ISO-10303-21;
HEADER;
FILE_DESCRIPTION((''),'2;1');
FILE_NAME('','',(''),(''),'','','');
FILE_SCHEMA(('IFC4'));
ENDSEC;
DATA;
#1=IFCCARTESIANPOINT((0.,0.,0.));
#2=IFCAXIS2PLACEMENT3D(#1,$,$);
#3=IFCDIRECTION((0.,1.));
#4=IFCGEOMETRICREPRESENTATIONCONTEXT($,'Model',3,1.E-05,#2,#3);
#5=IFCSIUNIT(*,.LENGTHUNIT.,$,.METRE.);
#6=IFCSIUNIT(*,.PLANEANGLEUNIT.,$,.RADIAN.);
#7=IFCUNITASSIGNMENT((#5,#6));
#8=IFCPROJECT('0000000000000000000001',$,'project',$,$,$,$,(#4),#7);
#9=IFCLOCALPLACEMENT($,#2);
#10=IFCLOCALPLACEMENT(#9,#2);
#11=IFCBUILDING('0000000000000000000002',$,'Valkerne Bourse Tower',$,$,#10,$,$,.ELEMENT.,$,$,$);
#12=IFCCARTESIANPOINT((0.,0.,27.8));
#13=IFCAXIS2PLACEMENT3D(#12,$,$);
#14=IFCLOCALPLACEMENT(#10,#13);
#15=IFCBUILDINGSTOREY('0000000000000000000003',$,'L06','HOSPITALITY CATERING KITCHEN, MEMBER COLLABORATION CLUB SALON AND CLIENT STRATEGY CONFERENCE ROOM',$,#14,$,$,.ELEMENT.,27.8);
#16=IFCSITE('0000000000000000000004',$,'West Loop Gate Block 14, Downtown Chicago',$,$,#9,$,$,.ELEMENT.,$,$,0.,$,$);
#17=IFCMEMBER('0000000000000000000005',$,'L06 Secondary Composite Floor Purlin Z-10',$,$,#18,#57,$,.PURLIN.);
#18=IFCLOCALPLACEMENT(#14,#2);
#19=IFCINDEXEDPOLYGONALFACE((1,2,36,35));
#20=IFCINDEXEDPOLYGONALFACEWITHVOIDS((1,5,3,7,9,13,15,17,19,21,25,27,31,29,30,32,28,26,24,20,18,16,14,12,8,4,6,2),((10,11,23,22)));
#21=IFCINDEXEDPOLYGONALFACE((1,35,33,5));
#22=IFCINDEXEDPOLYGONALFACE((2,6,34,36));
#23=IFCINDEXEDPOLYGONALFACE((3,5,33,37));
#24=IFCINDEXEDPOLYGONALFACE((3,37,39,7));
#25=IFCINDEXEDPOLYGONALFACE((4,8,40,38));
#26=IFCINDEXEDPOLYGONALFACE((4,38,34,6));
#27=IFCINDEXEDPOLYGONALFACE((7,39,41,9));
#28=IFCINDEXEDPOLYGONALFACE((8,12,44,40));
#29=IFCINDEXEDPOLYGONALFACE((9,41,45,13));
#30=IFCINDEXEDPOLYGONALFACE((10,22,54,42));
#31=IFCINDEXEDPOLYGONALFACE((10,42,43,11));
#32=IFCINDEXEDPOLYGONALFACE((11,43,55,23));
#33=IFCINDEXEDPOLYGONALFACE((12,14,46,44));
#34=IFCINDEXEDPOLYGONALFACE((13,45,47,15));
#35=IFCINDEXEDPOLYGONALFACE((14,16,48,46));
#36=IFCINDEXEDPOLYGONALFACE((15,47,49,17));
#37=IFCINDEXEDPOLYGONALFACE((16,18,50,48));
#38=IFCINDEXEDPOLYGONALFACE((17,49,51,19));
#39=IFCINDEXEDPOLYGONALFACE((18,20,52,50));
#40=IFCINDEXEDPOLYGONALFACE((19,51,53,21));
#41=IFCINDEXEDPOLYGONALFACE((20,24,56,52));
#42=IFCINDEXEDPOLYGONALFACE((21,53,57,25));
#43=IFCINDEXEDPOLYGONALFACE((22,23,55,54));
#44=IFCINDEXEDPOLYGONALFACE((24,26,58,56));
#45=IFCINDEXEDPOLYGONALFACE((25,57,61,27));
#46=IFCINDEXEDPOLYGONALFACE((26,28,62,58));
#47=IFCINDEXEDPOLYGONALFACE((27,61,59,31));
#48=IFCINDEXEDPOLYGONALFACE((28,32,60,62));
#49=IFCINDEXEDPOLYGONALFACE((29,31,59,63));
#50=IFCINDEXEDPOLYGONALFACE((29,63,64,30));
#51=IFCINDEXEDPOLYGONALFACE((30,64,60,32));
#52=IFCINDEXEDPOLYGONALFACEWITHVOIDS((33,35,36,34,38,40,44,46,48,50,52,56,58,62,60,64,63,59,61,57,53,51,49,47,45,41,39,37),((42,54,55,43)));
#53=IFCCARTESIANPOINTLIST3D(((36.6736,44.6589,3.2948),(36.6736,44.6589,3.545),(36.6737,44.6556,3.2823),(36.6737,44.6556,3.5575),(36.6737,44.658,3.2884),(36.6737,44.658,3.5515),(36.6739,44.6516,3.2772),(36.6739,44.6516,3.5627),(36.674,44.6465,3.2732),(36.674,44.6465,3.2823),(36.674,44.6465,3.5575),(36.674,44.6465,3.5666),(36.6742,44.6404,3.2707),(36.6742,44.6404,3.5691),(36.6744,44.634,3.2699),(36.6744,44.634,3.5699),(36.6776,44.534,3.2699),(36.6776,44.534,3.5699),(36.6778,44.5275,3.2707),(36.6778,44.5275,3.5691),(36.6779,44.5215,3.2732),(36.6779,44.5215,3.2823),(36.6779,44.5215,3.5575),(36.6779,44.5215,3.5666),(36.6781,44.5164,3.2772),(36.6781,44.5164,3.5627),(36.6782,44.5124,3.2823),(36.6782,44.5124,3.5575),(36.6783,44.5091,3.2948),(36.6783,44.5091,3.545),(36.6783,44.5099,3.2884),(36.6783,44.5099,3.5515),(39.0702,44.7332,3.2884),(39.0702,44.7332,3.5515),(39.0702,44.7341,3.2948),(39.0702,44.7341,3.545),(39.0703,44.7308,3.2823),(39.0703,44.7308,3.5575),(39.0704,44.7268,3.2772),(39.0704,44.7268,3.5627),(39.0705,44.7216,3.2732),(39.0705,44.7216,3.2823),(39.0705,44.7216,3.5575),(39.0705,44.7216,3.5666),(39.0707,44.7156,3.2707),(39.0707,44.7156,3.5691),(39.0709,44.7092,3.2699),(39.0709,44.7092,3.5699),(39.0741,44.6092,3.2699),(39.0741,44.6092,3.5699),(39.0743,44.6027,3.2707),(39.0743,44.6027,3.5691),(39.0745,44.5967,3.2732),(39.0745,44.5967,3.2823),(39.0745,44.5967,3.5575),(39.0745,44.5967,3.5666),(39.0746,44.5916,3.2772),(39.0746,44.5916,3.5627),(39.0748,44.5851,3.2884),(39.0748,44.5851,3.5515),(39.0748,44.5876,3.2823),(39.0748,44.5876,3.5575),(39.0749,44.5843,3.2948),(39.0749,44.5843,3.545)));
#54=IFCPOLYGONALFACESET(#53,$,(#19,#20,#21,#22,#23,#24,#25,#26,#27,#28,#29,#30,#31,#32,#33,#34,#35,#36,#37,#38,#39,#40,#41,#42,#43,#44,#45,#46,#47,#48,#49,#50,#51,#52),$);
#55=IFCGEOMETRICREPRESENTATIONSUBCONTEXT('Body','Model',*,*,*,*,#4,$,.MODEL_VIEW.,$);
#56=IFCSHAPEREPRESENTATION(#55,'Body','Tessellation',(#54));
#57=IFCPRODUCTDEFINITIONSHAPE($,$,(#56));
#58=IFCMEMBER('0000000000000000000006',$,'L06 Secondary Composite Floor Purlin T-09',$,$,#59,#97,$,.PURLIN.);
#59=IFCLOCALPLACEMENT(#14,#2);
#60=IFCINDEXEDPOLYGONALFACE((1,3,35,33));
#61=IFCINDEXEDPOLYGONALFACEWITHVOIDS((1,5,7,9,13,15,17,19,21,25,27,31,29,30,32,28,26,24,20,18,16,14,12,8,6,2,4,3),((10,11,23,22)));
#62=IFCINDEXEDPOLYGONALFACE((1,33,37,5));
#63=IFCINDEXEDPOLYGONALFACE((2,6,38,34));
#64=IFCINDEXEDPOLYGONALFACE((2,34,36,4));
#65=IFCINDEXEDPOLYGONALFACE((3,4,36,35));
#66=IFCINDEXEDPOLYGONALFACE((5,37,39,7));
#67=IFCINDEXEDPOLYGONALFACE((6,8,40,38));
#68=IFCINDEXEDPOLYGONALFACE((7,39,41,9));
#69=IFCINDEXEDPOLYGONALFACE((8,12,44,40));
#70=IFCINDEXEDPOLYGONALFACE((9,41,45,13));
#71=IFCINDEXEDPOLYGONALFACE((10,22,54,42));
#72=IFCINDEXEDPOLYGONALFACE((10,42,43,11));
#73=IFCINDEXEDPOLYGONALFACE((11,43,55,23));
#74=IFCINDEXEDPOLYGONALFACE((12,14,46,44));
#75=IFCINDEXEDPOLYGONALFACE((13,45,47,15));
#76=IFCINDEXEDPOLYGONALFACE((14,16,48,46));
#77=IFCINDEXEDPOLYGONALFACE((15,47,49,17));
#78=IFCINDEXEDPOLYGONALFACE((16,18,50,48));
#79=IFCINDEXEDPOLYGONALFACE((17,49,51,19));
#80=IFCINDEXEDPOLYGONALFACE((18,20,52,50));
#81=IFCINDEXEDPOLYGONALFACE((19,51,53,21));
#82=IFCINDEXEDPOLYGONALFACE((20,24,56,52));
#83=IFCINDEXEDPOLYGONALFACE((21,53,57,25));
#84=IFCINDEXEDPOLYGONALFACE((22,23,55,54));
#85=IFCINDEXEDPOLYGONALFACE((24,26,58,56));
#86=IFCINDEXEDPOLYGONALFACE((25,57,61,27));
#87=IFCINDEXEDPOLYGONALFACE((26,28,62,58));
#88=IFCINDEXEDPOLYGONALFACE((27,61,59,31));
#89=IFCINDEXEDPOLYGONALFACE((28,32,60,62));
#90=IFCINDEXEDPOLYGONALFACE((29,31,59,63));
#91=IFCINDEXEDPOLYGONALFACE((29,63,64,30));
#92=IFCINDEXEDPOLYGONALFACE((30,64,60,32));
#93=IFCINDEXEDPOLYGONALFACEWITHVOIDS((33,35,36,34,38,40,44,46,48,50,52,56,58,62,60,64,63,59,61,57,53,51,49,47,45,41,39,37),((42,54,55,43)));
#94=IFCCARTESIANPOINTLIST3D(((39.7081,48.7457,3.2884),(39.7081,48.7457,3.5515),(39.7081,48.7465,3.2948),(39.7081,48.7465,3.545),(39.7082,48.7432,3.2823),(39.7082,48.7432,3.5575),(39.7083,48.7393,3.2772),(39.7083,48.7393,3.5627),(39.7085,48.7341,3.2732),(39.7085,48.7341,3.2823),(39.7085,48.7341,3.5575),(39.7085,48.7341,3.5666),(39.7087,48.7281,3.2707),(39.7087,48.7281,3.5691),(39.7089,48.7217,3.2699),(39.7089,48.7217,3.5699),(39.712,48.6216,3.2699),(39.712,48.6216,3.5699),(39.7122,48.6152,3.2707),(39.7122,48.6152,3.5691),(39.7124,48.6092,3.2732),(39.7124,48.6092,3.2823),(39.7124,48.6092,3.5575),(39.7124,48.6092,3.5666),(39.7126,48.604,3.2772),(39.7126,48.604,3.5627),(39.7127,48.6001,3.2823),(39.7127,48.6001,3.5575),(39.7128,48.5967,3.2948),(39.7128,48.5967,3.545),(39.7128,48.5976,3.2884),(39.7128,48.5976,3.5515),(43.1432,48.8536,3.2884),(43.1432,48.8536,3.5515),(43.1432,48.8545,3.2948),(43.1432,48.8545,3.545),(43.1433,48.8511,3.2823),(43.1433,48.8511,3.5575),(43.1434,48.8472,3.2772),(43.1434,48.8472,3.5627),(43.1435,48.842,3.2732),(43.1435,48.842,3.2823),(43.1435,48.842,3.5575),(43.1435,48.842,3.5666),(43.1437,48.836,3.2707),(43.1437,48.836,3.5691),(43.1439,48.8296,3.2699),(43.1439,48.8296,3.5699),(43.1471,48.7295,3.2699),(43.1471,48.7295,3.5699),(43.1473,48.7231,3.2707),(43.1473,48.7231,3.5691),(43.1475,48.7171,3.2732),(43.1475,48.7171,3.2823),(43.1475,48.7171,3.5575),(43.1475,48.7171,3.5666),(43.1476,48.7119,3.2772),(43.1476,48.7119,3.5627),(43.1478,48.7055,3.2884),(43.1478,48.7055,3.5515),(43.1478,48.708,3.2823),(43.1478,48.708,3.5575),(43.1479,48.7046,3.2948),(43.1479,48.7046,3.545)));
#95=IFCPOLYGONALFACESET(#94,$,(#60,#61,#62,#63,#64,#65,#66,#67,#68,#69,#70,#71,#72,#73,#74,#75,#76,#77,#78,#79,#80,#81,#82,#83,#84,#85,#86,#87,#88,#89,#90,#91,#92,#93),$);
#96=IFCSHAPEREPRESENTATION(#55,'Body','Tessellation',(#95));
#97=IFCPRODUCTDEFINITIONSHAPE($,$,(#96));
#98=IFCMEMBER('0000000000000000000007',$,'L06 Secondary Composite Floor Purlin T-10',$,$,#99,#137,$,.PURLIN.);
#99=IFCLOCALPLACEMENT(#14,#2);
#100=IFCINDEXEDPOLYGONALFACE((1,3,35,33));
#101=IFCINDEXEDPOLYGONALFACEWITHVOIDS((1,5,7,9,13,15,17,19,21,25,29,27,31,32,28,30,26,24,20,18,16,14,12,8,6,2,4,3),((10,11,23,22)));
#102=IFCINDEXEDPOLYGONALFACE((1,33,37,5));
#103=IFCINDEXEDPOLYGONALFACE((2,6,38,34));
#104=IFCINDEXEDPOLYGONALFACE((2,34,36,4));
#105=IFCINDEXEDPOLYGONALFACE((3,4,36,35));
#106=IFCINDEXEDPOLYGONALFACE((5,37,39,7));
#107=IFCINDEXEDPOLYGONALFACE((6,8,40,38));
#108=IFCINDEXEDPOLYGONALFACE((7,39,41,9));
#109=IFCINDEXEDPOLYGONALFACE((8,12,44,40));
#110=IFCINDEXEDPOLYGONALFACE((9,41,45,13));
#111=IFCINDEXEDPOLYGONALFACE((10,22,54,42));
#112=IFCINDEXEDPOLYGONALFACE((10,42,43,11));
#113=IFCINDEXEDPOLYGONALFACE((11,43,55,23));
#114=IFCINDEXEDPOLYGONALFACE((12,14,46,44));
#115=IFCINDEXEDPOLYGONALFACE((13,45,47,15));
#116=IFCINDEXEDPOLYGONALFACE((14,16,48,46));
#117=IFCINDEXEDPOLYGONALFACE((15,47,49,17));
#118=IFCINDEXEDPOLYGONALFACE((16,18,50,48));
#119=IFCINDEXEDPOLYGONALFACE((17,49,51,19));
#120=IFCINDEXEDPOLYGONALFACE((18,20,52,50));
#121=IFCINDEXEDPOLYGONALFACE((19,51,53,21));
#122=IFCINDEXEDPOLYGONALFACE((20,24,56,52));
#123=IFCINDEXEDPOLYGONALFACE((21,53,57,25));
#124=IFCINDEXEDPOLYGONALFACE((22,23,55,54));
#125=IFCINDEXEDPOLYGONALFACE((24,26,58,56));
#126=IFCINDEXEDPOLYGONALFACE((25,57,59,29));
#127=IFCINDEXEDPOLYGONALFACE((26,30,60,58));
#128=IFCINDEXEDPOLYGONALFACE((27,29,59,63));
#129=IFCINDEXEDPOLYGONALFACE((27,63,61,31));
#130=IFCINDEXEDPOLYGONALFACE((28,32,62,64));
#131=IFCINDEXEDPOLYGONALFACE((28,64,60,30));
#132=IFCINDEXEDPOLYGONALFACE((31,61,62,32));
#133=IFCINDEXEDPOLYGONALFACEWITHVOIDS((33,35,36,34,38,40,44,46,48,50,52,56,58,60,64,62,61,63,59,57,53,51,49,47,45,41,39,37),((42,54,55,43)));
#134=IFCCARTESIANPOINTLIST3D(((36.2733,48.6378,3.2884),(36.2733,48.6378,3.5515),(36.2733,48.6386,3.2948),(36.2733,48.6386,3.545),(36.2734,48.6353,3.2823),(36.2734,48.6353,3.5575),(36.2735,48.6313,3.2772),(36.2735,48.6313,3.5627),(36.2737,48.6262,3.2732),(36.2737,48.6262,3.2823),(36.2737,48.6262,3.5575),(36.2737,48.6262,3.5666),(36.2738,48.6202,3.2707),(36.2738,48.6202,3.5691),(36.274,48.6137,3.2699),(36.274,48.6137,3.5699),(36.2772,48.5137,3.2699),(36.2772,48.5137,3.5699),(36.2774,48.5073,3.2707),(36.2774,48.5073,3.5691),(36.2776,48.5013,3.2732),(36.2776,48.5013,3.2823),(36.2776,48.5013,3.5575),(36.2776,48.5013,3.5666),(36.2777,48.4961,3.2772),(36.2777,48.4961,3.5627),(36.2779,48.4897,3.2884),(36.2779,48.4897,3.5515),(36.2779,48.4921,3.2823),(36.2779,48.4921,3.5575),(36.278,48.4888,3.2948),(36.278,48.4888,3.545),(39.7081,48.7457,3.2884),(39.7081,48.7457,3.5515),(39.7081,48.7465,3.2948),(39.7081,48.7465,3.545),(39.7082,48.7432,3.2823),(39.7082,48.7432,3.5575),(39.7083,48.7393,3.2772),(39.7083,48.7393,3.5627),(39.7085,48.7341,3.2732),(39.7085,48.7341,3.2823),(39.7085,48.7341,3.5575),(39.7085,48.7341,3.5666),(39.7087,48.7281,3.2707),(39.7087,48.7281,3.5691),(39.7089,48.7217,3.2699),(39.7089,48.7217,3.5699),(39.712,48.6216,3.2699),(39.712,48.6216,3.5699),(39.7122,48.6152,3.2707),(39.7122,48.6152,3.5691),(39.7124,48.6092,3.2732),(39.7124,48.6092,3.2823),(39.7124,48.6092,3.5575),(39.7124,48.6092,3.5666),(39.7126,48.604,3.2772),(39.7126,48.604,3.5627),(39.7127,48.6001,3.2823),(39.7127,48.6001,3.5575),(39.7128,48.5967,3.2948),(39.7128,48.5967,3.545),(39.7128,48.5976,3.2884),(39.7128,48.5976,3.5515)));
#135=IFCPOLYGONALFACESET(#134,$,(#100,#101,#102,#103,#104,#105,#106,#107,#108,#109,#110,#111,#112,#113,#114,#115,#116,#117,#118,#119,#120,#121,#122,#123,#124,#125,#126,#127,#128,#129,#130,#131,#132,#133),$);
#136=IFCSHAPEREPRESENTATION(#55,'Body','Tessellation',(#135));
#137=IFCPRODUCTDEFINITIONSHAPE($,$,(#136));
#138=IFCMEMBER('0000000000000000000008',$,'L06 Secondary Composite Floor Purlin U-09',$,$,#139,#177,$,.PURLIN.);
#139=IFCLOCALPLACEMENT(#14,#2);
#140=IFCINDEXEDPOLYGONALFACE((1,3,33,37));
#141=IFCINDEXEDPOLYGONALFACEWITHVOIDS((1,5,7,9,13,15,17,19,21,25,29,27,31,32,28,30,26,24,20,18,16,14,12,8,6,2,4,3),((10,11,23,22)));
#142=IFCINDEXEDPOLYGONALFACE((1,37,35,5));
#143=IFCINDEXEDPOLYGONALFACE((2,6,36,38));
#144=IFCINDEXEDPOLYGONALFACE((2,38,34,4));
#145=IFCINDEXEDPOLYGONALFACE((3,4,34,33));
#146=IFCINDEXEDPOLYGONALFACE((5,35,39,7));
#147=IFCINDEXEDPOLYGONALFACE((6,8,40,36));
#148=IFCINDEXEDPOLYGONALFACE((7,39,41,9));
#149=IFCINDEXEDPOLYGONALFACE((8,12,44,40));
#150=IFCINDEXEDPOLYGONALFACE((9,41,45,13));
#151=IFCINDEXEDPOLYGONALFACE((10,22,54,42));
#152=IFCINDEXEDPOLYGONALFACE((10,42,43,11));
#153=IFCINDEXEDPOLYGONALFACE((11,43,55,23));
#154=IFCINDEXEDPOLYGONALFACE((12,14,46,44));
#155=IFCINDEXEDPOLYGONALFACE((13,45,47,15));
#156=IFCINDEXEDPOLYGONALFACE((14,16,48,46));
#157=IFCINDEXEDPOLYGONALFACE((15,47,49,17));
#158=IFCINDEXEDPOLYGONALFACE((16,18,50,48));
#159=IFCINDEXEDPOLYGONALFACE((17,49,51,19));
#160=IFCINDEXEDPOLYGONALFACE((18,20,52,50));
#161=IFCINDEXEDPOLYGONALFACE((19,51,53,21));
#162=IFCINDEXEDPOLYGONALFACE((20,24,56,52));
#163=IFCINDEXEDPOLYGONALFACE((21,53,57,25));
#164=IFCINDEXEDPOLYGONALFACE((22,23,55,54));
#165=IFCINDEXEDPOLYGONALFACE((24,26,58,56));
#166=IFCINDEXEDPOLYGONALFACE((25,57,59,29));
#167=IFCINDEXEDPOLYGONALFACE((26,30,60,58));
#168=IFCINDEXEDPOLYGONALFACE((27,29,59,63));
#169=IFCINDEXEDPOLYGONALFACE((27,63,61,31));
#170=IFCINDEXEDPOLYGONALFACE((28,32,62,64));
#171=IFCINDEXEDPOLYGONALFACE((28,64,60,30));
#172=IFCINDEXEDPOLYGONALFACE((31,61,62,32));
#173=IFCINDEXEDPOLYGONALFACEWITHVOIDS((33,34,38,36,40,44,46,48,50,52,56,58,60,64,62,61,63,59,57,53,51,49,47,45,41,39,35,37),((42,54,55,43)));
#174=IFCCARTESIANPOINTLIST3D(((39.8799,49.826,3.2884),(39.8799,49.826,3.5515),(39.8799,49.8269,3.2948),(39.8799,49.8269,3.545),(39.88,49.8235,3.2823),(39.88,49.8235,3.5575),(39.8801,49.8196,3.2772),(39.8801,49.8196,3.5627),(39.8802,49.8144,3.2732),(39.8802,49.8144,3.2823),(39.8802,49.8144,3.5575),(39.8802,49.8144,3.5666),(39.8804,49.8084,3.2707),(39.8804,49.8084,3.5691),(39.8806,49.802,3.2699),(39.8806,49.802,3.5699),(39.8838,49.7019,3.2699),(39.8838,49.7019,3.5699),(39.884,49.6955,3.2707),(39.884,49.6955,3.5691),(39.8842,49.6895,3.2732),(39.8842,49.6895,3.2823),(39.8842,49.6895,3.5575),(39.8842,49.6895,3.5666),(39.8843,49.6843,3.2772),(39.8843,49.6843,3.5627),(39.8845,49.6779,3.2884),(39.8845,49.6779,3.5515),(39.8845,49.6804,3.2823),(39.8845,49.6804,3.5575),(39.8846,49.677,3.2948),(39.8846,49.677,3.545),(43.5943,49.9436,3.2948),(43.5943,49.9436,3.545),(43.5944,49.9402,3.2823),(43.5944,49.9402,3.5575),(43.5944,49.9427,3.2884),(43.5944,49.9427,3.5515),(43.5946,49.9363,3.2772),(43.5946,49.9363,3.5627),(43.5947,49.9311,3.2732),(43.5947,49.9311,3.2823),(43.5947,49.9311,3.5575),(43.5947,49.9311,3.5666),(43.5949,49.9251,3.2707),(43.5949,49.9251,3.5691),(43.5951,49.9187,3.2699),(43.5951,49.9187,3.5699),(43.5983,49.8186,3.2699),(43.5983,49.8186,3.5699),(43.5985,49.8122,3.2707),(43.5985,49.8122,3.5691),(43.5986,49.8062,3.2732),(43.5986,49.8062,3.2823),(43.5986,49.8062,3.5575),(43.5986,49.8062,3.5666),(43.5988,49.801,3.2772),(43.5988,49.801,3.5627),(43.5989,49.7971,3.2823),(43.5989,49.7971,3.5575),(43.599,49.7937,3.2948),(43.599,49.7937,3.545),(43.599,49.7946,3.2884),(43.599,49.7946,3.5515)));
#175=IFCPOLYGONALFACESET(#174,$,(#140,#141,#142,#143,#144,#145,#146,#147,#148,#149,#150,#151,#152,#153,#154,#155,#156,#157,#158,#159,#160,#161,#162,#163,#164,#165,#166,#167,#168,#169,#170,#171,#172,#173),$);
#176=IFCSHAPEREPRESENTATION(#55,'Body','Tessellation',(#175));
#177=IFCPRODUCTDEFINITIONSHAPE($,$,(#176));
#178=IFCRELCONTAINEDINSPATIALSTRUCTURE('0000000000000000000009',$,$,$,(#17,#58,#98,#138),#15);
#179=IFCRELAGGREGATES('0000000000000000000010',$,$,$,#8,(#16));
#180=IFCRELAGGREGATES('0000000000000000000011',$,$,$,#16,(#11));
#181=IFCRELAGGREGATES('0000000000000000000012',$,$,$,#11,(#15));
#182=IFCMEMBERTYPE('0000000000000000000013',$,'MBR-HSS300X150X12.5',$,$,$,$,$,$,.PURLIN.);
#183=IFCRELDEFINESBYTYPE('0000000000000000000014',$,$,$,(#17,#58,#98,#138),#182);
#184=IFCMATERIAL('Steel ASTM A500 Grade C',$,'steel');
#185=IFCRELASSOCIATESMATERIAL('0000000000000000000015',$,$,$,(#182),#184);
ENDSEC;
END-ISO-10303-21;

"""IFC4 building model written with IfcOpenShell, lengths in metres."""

from ifc_helpers import new_model, si_unit, direction, frame, origin, origin_2d, place, context, subcontext, project, spatial, hollow_rectangle, extrude, material, material_profile, profile_set, type_object, element, save


model = new_model("IFC4")

# Units and contexts
model_context = context("Model", 3, precision=1e-05, world=origin(), true_north=direction((0.0, 1.0)))
body_context = subcontext(model_context, "Body", "Model", "MODEL_VIEW")
ifc_project = project(units=[si_unit("LENGTHUNIT", "METRE"), si_unit("PLANEANGLEUNIT", "RADIAN")], contexts=[model_context])

# Site, building, storey
site_placement = place(None, origin())
site = spatial("IfcSite", under=ifc_project, at=site_placement, Name="West Loop Gate Block 14, Downtown Chicago", CompositionType="ELEMENT", RefElevation=0.0)
building_placement = place(site_placement, origin())
building = spatial("IfcBuilding", under=site, at=building_placement, Name="Valkerne Bourse Tower", CompositionType="ELEMENT")
storey_placement = place(building_placement, frame((0.0, 0.0, 27.8)))
storey = spatial("IfcBuildingStorey", under=building, at=storey_placement, Name="L06", Description="HOSPITALITY CATERING KITCHEN, MEMBER COLLABORATION CLUB SALON AND CLIENT STRATEGY CONFERENCE ROOM", CompositionType="ELEMENT", Elevation=27.8)

# Members
ifc_material_1 = material(Name="Steel ASTM A500 Grade C", Category="steel")
ifc_material_profile_1 = material_profile(ifc_material_1, hollow_rectangle(XDim=0.1499, YDim=0.3, WallThickness=0.0125, OuterFilletRadius=0.0249, at=origin_2d()), Name="HSS300X150X12.5")
ifc_profile_set_1 = profile_set([ifc_material_profile_1], Name="Steel ASTM A500 Grade C")
member_type_1 = type_object("IfcMemberType", Name="MBR-HSS300X150X12.5", PredefinedType="PURLIN", material=ifc_profile_set_1)
for number, where, z_axis, x_axis, name in (
    (1, (39.0725, 44.6592, 3.4199), (-0.999508, -0.031362, 0.0), (0.031362, -0.999508, 0.0), "L06 Secondary Composite Floor Purlin Z-10"),
):
    element("IfcMember", number, at=place(storey_placement, frame(where, z_axis=z_axis, x_axis=x_axis)), inside=storey, type_object=member_type_1, Name=name, PredefinedType="PURLIN", context=body_context, shape_type="SweptSolid", body=[
        extrude(hollow_rectangle(XDim=0.1499, YDim=0.3, WallThickness=0.0125, OuterFilletRadius=0.0249, at=origin_2d()), origin(), (0.0, 0.0, 1.0), 2.3977),
    ])
member_1_placement = place(storey_placement, frame((43.1455, 48.7795, 3.4199), z_axis=(-0.999507, -0.031399, 0.0), x_axis=(0.031399, -0.999507, 0.0)))
element("IfcMember", 2, at=member_1_placement, inside=storey, type_object=member_type_1, Name="L06 Secondary Composite Floor Purlin T-09", PredefinedType="PURLIN", context=body_context, shape_type="SweptSolid", body=[
    extrude(hollow_rectangle(XDim=0.1499, YDim=0.3, WallThickness=0.0125, OuterFilletRadius=0.0249, at=origin_2d()), origin(), (0.0, 0.0, 1.0), 3.4368),
])
member_2_placement = place(storey_placement, frame((39.7104, 48.6716, 3.4199), z_axis=(-0.999507, -0.031401, 0.0), x_axis=(0.031401, -0.999507, 0.0)))
element("IfcMember", 3, at=member_2_placement, inside=storey, type_object=member_type_1, Name="L06 Secondary Composite Floor Purlin T-10", PredefinedType="PURLIN", context=body_context, shape_type="SweptSolid", body=[
    extrude(hollow_rectangle(XDim=0.1499, YDim=0.3, WallThickness=0.0125, OuterFilletRadius=0.0249, at=origin_2d()), origin(), (0.0, 0.0, 1.0), 3.4365),
])
for number, where, z_axis, x_axis, name in (
    (4, (43.5967, 49.8687, 3.4199), (-0.999507, -0.031403, 0.0), (0.031403, -0.999507, 0.0), "L06 Secondary Composite Floor Purlin U-09"),
):
    element("IfcMember", number, at=place(storey_placement, frame(where, z_axis=z_axis, x_axis=x_axis)), inside=storey, type_object=member_type_1, Name=name, PredefinedType="PURLIN", context=body_context, shape_type="SweptSolid", body=[
        extrude(hollow_rectangle(XDim=0.1499, YDim=0.3, WallThickness=0.0125, OuterFilletRadius=0.0249, at=origin_2d()), origin(), (0.0, 0.0, 1.0), 3.7163),
    ])

save(model, "model.ifc")
